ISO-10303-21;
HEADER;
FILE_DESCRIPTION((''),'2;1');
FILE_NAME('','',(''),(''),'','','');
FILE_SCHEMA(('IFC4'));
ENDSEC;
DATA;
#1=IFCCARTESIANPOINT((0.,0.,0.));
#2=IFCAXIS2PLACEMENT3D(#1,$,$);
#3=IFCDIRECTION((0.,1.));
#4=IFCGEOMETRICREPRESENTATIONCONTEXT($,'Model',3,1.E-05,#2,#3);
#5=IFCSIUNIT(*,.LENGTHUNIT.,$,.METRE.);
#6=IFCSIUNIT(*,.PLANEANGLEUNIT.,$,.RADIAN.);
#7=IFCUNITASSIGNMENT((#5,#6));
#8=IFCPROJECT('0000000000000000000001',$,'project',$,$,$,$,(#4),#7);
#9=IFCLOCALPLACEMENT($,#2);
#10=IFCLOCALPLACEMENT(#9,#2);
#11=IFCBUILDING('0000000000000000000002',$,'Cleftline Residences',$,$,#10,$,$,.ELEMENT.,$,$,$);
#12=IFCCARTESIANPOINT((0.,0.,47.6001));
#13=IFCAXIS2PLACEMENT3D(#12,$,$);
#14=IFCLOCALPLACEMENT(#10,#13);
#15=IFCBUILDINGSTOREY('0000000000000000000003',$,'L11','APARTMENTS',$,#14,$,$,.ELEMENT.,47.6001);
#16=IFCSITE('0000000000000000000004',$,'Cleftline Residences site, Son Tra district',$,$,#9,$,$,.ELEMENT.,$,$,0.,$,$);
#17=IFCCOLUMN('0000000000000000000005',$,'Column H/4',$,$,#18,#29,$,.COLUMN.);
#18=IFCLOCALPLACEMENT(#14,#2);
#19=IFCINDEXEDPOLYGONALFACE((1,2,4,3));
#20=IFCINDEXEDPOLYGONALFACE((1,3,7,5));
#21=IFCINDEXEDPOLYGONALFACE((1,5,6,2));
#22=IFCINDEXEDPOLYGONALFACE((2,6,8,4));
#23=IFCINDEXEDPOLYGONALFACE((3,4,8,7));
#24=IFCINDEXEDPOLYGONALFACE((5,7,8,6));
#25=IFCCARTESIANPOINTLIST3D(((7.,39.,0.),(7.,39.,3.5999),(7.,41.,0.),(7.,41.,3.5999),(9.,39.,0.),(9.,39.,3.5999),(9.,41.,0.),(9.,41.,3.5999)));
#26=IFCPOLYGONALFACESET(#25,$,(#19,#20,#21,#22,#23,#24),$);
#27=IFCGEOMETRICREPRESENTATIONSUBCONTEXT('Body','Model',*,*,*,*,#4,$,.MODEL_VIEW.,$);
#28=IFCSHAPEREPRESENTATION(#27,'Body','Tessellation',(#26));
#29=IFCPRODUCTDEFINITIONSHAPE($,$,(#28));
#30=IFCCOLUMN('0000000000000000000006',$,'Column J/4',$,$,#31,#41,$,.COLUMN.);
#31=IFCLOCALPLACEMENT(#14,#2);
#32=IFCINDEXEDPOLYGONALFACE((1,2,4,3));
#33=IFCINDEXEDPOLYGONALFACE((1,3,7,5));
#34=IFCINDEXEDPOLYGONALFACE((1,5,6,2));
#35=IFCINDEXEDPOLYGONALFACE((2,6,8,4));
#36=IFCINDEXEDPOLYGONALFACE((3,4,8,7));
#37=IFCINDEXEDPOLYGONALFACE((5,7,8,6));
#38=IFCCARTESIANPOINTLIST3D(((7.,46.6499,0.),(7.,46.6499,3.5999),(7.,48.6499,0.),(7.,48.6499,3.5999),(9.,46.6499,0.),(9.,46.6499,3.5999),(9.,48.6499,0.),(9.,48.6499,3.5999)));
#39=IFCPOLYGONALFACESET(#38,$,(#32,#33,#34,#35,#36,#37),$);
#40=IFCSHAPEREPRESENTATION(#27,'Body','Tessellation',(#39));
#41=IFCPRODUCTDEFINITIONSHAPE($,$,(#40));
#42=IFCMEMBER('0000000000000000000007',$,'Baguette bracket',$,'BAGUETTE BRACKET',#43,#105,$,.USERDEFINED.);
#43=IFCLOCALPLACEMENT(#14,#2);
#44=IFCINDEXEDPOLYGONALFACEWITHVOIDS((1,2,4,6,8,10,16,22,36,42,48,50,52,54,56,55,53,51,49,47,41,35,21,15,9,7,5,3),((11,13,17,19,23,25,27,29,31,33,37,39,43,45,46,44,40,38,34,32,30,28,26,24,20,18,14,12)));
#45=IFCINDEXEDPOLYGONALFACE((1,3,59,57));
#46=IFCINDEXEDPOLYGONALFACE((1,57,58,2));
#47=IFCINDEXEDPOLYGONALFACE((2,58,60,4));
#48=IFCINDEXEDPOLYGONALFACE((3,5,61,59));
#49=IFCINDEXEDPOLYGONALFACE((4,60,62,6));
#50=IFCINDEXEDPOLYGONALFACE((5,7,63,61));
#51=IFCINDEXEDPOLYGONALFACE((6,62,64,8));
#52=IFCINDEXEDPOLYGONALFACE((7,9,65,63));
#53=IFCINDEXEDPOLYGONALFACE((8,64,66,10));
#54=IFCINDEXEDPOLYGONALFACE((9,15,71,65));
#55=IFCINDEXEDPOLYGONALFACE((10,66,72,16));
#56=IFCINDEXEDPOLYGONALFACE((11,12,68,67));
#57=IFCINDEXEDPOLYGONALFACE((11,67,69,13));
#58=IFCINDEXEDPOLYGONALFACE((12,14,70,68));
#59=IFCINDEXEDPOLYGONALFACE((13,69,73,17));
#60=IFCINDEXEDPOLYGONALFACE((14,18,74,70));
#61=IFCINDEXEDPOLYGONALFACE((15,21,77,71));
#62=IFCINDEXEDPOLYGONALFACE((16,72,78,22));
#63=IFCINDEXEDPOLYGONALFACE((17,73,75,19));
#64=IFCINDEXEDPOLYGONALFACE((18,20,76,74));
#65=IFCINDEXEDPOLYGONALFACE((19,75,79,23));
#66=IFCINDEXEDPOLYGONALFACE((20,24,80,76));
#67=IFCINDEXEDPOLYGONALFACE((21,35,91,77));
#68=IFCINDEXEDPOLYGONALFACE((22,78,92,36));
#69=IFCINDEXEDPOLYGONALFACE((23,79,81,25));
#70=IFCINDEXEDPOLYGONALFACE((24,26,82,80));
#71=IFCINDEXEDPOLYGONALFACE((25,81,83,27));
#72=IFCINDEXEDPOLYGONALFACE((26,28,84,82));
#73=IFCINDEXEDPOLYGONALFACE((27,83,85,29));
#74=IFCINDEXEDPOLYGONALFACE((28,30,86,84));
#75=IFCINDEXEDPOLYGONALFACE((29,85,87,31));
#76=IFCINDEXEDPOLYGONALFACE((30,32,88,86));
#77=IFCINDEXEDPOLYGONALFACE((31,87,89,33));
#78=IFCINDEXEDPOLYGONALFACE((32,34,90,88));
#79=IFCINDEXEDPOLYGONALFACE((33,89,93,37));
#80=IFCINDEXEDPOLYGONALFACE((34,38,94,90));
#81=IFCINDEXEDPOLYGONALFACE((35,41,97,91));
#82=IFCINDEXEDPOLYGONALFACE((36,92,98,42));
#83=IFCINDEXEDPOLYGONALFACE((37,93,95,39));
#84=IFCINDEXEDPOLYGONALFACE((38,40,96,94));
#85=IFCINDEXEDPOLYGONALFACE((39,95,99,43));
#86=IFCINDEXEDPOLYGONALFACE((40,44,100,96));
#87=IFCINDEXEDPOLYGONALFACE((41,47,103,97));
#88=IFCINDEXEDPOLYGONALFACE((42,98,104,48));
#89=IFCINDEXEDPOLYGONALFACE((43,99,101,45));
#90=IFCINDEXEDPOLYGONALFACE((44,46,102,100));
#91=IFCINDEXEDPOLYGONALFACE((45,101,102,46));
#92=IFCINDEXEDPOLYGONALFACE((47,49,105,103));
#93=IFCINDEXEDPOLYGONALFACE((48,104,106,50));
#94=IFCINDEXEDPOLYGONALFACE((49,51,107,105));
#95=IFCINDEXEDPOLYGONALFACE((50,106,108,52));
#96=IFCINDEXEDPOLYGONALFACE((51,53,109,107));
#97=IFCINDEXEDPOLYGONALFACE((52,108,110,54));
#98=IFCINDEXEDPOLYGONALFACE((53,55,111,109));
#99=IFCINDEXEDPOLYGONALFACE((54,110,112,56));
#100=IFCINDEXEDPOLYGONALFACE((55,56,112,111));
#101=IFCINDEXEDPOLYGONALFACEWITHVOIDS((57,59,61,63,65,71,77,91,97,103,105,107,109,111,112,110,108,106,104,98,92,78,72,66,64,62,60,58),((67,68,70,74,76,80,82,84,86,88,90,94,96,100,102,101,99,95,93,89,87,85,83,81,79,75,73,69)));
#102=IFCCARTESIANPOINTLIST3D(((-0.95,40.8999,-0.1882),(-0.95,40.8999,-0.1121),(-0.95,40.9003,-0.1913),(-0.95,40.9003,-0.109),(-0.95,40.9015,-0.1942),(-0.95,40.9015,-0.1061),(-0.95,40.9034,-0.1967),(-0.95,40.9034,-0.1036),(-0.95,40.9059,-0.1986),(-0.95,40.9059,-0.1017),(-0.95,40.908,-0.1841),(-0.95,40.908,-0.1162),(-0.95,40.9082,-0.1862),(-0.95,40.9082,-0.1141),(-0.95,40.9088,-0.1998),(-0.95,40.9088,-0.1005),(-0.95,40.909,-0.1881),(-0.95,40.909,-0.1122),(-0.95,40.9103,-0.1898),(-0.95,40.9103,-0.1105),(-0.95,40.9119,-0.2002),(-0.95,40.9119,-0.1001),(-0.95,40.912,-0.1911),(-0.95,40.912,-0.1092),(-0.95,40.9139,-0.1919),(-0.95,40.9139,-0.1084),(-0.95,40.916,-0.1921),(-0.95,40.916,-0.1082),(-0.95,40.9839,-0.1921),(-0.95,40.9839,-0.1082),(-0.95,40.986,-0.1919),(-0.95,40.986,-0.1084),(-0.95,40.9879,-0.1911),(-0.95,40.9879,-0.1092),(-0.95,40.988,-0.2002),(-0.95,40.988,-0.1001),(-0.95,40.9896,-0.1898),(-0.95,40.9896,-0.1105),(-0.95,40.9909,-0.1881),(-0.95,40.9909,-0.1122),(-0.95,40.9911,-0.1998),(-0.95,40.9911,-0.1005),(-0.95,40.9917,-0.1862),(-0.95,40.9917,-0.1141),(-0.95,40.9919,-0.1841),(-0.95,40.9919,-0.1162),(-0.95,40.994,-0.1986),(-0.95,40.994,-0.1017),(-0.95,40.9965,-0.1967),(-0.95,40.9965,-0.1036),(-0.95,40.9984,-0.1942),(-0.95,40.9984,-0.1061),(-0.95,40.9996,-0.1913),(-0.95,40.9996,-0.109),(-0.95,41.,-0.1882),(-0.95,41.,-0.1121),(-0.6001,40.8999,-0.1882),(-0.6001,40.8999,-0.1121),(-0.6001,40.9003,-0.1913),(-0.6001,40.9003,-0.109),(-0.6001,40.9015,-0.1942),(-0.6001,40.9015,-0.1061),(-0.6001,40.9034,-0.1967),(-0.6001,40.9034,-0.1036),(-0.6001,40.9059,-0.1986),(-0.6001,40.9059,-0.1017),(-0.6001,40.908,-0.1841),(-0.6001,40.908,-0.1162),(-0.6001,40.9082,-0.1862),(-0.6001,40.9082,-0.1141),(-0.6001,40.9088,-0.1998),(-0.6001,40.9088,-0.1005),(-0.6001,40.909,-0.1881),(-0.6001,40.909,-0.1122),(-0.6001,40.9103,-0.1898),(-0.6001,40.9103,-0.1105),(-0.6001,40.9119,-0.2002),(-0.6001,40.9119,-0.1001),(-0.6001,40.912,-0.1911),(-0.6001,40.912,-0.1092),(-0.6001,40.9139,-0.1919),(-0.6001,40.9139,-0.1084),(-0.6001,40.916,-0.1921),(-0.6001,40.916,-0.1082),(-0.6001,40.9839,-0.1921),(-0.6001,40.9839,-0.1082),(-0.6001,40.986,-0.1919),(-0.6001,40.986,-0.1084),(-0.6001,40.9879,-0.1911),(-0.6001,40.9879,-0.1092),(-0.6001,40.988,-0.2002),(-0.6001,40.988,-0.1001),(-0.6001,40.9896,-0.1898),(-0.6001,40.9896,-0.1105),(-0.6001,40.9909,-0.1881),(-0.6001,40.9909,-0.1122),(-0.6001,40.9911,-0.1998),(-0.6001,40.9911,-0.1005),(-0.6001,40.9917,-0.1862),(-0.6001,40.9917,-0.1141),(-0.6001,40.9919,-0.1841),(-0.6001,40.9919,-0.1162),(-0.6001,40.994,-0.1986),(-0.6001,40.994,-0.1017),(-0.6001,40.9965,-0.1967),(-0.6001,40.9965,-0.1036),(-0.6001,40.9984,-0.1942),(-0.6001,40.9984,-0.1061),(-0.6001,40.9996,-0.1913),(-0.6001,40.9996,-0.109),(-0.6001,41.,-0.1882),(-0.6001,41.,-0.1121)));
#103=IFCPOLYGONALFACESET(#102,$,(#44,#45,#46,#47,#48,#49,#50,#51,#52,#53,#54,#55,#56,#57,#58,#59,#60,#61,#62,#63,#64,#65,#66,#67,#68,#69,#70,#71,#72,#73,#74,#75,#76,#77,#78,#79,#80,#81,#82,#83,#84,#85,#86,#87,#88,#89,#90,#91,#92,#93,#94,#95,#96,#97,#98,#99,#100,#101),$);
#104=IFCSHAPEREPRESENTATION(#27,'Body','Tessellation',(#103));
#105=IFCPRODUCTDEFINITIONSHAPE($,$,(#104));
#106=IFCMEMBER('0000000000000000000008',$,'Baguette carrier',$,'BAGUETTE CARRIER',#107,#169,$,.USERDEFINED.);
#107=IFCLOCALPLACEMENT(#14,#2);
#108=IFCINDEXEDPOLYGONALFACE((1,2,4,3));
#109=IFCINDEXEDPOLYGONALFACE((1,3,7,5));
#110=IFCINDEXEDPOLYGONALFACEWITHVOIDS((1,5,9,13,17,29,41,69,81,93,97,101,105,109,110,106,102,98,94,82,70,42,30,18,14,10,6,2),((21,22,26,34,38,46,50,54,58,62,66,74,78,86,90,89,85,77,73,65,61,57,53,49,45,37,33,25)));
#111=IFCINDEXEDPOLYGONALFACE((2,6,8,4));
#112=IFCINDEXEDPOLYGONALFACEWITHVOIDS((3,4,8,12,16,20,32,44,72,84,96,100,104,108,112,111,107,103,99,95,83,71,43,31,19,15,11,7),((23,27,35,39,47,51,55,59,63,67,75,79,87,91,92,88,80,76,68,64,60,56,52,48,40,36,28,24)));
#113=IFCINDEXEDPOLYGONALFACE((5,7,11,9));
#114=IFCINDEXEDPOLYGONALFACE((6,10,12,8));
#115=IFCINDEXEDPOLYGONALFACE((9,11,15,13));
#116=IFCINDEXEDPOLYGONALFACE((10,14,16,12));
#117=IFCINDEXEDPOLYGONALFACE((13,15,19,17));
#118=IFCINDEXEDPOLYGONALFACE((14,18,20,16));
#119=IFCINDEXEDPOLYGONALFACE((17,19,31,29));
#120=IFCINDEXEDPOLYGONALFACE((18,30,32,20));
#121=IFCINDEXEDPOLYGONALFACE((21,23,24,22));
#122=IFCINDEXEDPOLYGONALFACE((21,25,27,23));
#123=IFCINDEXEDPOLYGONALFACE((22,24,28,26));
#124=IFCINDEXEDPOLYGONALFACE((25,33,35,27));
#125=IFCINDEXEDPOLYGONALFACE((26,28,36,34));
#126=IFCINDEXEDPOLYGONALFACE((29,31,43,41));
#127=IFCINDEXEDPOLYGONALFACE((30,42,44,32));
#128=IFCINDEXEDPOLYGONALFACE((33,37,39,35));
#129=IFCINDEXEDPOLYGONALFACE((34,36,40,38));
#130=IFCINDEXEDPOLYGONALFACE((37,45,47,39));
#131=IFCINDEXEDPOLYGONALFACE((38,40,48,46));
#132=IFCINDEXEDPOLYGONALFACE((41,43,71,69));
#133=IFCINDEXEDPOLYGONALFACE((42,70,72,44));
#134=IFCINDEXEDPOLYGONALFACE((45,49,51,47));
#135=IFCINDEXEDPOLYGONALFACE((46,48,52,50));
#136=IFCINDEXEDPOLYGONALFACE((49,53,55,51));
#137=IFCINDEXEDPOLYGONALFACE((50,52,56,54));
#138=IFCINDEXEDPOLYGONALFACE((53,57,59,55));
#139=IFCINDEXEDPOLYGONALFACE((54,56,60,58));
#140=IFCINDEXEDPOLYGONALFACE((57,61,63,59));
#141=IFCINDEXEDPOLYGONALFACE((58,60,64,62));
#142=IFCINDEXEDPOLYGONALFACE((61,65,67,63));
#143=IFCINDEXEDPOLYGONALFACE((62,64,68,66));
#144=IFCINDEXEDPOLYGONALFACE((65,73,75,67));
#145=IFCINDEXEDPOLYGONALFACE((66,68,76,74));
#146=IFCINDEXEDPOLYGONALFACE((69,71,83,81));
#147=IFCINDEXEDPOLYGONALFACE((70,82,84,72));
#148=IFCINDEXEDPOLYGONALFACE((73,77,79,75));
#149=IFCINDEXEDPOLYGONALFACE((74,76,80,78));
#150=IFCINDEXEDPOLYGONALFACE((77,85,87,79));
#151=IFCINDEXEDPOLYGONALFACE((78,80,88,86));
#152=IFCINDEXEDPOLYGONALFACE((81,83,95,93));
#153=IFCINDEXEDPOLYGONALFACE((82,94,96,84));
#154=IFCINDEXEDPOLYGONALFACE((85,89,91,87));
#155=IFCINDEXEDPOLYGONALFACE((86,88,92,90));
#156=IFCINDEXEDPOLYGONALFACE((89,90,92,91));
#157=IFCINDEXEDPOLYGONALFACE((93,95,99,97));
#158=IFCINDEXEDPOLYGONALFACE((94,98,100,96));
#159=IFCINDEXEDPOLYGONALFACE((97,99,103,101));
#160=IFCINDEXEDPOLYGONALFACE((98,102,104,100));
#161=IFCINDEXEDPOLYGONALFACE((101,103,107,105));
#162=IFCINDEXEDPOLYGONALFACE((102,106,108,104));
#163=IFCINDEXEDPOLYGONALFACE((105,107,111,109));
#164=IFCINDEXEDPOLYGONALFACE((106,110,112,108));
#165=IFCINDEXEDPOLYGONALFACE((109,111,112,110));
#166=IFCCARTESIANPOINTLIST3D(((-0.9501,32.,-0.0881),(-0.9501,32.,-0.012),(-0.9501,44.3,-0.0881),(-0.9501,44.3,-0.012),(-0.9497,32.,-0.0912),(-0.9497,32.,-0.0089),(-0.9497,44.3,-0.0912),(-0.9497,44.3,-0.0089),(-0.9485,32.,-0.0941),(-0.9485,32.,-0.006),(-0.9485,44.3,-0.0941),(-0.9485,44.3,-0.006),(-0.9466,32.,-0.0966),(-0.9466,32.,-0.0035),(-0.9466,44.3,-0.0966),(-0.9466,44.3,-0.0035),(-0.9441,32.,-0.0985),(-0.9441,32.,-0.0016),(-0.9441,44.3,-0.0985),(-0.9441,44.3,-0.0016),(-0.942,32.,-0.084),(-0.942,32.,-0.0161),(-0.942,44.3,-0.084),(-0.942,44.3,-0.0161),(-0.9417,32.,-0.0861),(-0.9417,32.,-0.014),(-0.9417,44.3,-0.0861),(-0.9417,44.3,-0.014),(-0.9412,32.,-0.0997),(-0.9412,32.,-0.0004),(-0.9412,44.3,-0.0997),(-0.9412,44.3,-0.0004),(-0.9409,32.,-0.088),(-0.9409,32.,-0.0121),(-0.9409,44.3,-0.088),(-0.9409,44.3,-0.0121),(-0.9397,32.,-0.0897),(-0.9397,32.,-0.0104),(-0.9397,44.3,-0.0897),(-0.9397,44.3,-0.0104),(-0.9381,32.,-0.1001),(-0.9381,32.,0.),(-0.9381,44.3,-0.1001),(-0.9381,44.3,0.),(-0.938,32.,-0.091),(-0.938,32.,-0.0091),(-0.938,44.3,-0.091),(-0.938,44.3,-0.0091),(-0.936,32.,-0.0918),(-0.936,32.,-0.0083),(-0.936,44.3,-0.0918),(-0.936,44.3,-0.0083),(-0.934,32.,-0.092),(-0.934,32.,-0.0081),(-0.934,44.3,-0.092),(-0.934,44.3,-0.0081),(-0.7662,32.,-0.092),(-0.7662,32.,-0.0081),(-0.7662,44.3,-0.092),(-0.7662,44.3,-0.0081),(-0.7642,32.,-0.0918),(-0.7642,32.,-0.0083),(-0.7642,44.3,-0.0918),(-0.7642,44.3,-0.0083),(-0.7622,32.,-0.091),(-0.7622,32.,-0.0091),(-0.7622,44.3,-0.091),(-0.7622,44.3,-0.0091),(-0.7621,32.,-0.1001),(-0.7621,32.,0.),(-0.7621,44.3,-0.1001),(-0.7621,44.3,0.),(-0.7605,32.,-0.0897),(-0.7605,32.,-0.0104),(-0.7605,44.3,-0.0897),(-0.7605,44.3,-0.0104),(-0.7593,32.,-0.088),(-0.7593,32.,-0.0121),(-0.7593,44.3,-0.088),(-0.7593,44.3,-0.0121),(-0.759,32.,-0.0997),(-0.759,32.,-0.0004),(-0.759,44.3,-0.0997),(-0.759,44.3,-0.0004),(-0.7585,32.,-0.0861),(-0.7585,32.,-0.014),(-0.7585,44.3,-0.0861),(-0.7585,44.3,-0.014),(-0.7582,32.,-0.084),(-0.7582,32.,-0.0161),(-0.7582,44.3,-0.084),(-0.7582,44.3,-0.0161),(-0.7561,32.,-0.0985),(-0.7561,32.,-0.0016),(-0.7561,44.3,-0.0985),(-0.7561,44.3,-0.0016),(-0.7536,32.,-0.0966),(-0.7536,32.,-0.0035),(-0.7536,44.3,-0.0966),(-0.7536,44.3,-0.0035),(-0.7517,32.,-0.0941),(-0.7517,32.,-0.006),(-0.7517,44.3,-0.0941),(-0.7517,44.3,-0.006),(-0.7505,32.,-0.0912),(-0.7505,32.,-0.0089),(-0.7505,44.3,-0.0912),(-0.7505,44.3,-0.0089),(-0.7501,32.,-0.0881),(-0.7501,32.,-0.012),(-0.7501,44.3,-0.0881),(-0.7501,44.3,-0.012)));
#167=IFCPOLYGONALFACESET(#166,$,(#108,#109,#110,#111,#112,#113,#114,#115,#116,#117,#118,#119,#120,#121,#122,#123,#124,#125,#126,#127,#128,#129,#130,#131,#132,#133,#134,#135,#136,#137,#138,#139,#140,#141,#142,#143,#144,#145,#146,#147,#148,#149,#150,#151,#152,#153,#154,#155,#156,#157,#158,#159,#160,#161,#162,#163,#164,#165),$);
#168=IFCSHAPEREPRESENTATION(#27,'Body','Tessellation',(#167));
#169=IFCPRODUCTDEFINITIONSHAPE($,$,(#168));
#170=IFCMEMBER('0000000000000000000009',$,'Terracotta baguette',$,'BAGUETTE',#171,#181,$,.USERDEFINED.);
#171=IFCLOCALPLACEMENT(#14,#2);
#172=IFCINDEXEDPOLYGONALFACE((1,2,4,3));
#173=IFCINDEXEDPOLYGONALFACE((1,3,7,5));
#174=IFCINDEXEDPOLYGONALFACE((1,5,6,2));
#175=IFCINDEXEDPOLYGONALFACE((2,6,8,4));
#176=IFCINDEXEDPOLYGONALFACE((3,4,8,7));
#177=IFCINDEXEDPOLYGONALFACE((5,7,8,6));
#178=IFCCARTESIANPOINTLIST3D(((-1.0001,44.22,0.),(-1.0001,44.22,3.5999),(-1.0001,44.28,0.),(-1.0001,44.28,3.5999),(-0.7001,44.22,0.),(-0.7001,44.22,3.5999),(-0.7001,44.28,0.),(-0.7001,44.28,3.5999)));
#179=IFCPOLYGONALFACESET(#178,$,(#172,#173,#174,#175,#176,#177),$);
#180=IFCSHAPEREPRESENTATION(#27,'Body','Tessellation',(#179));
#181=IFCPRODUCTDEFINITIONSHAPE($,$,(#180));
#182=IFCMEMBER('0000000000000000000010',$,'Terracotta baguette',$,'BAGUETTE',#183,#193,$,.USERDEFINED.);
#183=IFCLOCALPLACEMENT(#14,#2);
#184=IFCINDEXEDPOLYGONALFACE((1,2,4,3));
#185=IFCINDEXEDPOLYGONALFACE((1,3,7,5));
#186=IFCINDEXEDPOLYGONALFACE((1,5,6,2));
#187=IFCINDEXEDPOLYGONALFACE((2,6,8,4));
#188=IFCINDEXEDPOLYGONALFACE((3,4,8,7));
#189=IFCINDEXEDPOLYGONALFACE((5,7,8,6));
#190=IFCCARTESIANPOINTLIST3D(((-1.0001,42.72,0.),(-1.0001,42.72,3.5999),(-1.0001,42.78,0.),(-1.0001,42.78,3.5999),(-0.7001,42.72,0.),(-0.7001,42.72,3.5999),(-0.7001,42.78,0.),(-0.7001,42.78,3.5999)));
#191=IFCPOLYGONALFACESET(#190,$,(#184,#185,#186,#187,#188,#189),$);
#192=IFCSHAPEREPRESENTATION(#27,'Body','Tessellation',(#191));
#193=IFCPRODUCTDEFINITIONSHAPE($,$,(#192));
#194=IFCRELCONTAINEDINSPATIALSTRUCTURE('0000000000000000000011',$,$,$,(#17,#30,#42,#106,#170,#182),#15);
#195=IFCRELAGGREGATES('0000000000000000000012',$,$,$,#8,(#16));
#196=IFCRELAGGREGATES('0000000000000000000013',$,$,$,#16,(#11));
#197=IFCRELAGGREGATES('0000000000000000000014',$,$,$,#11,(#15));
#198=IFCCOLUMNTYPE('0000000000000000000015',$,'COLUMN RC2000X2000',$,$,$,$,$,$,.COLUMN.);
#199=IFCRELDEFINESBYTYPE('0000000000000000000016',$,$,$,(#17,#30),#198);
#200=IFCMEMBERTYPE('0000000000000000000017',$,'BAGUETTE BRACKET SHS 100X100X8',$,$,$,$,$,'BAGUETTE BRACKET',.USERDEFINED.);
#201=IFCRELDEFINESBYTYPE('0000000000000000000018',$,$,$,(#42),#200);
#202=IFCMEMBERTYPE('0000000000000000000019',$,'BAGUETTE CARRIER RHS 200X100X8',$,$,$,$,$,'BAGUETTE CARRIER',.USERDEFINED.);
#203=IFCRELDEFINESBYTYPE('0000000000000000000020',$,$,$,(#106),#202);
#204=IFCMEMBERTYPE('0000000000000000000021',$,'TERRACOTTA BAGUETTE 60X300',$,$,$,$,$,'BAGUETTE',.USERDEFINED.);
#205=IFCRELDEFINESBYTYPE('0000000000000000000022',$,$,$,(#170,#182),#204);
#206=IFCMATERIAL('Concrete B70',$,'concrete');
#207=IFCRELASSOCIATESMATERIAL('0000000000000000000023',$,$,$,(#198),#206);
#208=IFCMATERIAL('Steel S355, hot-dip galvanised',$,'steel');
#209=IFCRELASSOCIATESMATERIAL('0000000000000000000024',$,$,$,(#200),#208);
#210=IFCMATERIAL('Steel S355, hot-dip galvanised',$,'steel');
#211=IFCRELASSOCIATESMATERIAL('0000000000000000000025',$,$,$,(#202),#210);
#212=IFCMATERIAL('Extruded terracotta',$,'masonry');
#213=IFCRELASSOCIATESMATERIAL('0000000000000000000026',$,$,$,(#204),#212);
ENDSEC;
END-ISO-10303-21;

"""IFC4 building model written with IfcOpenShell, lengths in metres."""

from ifc_helpers import new_model, si_unit, direction, frame, origin, origin_2d, place, context, subcontext, project, spatial, rectangle, hollow_rectangle, extrude, material, material_profile, profile_set, type_object, element, save


model = new_model("IFC4")

# Units and contexts
model_context = context("Model", 3, precision=1e-05, world=origin(), true_north=direction((0.0, 1.0)))
body_context = subcontext(model_context, "Body", "Model", "MODEL_VIEW")
ifc_project = project(units=[si_unit("LENGTHUNIT", "METRE"), si_unit("PLANEANGLEUNIT", "RADIAN")], contexts=[model_context])

# Site, building, storey
site_placement = place(None, origin())
site = spatial("IfcSite", under=ifc_project, at=site_placement, Name="Cleftline Residences site, Son Tra district", CompositionType="ELEMENT", RefElevation=0.0)
building_placement = place(site_placement, origin())
building = spatial("IfcBuilding", under=site, at=building_placement, Name="Cleftline Residences", CompositionType="ELEMENT")
storey_placement = place(building_placement, frame((0.0, 0.0, 47.6001)))
storey = spatial("IfcBuildingStorey", under=building, at=storey_placement, Name="L11", Description="APARTMENTS", CompositionType="ELEMENT", Elevation=47.6001)

# Columns
ifc_material_1 = material(Name="Concrete B70", Category="concrete")
ifc_material_profile_1 = material_profile(ifc_material_1, rectangle(XDim=2.0, YDim=2.0, at=origin_2d()))
ifc_profile_set_1 = profile_set([ifc_material_profile_1], Name="Concrete B70")
column_type = type_object("IfcColumnType", Name="COLUMN RC2000X2000", PredefinedType="COLUMN", material=ifc_profile_set_1)
for number, where, z_axis, x_axis, name in (
    (1, (8.0, 40.0, 0.0), (0.0, 0.0, 1.0), (1.0, 0.0, 0.0), "Column H/4"),
    (2, (8.0, 47.6499, 0.0), (0.0, 0.0, 1.0), (1.0, 0.0, 0.0), "Column J/4"),
):
    element("IfcColumn", number, at=place(storey_placement, frame(where, z_axis=z_axis, x_axis=x_axis)), inside=storey, type_object=column_type, Name=name, PredefinedType="COLUMN", context=body_context, shape_type="SweptSolid", body=[
        extrude(rectangle(XDim=2.0, YDim=2.0, at=origin_2d()), origin(), (0.0, 0.0, 1.0), 3.5999),
    ])

# Members
ifc_material_2 = material(Name="Steel S355, hot-dip galvanised", Category="steel")
ifc_material_profile_2 = material_profile(ifc_material_2, hollow_rectangle(XDim=0.1001, YDim=0.1001, WallThickness=0.0081, InnerFilletRadius=0.0081, OuterFilletRadius=0.012, at=origin_2d()))
ifc_profile_set_2 = profile_set([ifc_material_profile_2], Name="Steel S355, hot-dip galvanised")
member_type_1 = type_object("IfcMemberType", Name="BAGUETTE BRACKET SHS 100X100X8", ElementType="BAGUETTE BRACKET", PredefinedType="USERDEFINED", material=ifc_profile_set_2)
member_1_placement = place(storey_placement, frame((-0.6001, 40.95, -0.1501), z_axis=(-1.0, 0.0, 0.0), x_axis=(0.0, -1.0, 0.0)))
element("IfcMember", 3, at=member_1_placement, inside=storey, type_object=member_type_1, Name="Baguette bracket", ObjectType="BAGUETTE BRACKET", PredefinedType="USERDEFINED", context=body_context, shape_type="SweptSolid", body=[
    extrude(hollow_rectangle(XDim=0.1001, YDim=0.1001, WallThickness=0.0081, InnerFilletRadius=0.0081, OuterFilletRadius=0.012, at=origin_2d()), origin(), (0.0, 0.0, 1.0), 0.3499),
])
ifc_material_3 = material(Name="Steel S355, hot-dip galvanised", Category="steel")
ifc_material_profile_3 = material_profile(ifc_material_3, hollow_rectangle(XDim=0.1001, YDim=0.2, WallThickness=0.0081, InnerFilletRadius=0.0081, OuterFilletRadius=0.012, at=origin_2d()))
ifc_profile_set_3 = profile_set([ifc_material_profile_3], Name="Steel S355, hot-dip galvanised")
member_type_2 = type_object("IfcMemberType", Name="BAGUETTE CARRIER RHS 200X100X8", ElementType="BAGUETTE CARRIER", PredefinedType="USERDEFINED", material=ifc_profile_set_3)
member_2_placement = place(storey_placement, frame((-0.8501, 44.3, -0.05), z_axis=(0.0, -1.0, 0.0), x_axis=(0.0, 0.0, 1.0)))
element("IfcMember", 4, at=member_2_placement, inside=storey, type_object=member_type_2, Name="Baguette carrier", ObjectType="BAGUETTE CARRIER", PredefinedType="USERDEFINED", context=body_context, shape_type="SweptSolid", body=[
    extrude(hollow_rectangle(XDim=0.1001, YDim=0.2, WallThickness=0.0081, InnerFilletRadius=0.0081, OuterFilletRadius=0.012, at=origin_2d()), origin(), (0.0, 0.0, 1.0), 12.3),
])
ifc_material_4 = material(Name="Extruded terracotta", Category="masonry")
ifc_material_profile_4 = material_profile(ifc_material_4, rectangle(XDim=0.0601, YDim=0.3, at=origin_2d()))
ifc_profile_set_4 = profile_set([ifc_material_profile_4], Name="Extruded terracotta")
member_type_3 = type_object("IfcMemberType", Name="TERRACOTTA BAGUETTE 60X300", ElementType="BAGUETTE", PredefinedType="USERDEFINED", material=ifc_profile_set_4)
for number, where, z_axis, x_axis, name in (
    (5, (-0.8501, 44.25, 0.0), (0.0, 0.0, 1.0), (0.0, 1.0, 0.0), "Terracotta baguette"),
    (6, (-0.8501, 42.75, 0.0), (0.0, 0.0, 1.0), (0.0, 1.0, 0.0), "Terracotta baguette"),
):
    element("IfcMember", number, at=place(storey_placement, frame(where, z_axis=z_axis, x_axis=x_axis)), inside=storey, type_object=member_type_3, Name=name, ObjectType="BAGUETTE", PredefinedType="USERDEFINED", context=body_context, shape_type="SweptSolid", body=[
        extrude(rectangle(XDim=0.0601, YDim=0.3, at=origin_2d()), origin(), (0.0, 0.0, 1.0), 3.5999),
    ])

save(model, "model.ifc")
